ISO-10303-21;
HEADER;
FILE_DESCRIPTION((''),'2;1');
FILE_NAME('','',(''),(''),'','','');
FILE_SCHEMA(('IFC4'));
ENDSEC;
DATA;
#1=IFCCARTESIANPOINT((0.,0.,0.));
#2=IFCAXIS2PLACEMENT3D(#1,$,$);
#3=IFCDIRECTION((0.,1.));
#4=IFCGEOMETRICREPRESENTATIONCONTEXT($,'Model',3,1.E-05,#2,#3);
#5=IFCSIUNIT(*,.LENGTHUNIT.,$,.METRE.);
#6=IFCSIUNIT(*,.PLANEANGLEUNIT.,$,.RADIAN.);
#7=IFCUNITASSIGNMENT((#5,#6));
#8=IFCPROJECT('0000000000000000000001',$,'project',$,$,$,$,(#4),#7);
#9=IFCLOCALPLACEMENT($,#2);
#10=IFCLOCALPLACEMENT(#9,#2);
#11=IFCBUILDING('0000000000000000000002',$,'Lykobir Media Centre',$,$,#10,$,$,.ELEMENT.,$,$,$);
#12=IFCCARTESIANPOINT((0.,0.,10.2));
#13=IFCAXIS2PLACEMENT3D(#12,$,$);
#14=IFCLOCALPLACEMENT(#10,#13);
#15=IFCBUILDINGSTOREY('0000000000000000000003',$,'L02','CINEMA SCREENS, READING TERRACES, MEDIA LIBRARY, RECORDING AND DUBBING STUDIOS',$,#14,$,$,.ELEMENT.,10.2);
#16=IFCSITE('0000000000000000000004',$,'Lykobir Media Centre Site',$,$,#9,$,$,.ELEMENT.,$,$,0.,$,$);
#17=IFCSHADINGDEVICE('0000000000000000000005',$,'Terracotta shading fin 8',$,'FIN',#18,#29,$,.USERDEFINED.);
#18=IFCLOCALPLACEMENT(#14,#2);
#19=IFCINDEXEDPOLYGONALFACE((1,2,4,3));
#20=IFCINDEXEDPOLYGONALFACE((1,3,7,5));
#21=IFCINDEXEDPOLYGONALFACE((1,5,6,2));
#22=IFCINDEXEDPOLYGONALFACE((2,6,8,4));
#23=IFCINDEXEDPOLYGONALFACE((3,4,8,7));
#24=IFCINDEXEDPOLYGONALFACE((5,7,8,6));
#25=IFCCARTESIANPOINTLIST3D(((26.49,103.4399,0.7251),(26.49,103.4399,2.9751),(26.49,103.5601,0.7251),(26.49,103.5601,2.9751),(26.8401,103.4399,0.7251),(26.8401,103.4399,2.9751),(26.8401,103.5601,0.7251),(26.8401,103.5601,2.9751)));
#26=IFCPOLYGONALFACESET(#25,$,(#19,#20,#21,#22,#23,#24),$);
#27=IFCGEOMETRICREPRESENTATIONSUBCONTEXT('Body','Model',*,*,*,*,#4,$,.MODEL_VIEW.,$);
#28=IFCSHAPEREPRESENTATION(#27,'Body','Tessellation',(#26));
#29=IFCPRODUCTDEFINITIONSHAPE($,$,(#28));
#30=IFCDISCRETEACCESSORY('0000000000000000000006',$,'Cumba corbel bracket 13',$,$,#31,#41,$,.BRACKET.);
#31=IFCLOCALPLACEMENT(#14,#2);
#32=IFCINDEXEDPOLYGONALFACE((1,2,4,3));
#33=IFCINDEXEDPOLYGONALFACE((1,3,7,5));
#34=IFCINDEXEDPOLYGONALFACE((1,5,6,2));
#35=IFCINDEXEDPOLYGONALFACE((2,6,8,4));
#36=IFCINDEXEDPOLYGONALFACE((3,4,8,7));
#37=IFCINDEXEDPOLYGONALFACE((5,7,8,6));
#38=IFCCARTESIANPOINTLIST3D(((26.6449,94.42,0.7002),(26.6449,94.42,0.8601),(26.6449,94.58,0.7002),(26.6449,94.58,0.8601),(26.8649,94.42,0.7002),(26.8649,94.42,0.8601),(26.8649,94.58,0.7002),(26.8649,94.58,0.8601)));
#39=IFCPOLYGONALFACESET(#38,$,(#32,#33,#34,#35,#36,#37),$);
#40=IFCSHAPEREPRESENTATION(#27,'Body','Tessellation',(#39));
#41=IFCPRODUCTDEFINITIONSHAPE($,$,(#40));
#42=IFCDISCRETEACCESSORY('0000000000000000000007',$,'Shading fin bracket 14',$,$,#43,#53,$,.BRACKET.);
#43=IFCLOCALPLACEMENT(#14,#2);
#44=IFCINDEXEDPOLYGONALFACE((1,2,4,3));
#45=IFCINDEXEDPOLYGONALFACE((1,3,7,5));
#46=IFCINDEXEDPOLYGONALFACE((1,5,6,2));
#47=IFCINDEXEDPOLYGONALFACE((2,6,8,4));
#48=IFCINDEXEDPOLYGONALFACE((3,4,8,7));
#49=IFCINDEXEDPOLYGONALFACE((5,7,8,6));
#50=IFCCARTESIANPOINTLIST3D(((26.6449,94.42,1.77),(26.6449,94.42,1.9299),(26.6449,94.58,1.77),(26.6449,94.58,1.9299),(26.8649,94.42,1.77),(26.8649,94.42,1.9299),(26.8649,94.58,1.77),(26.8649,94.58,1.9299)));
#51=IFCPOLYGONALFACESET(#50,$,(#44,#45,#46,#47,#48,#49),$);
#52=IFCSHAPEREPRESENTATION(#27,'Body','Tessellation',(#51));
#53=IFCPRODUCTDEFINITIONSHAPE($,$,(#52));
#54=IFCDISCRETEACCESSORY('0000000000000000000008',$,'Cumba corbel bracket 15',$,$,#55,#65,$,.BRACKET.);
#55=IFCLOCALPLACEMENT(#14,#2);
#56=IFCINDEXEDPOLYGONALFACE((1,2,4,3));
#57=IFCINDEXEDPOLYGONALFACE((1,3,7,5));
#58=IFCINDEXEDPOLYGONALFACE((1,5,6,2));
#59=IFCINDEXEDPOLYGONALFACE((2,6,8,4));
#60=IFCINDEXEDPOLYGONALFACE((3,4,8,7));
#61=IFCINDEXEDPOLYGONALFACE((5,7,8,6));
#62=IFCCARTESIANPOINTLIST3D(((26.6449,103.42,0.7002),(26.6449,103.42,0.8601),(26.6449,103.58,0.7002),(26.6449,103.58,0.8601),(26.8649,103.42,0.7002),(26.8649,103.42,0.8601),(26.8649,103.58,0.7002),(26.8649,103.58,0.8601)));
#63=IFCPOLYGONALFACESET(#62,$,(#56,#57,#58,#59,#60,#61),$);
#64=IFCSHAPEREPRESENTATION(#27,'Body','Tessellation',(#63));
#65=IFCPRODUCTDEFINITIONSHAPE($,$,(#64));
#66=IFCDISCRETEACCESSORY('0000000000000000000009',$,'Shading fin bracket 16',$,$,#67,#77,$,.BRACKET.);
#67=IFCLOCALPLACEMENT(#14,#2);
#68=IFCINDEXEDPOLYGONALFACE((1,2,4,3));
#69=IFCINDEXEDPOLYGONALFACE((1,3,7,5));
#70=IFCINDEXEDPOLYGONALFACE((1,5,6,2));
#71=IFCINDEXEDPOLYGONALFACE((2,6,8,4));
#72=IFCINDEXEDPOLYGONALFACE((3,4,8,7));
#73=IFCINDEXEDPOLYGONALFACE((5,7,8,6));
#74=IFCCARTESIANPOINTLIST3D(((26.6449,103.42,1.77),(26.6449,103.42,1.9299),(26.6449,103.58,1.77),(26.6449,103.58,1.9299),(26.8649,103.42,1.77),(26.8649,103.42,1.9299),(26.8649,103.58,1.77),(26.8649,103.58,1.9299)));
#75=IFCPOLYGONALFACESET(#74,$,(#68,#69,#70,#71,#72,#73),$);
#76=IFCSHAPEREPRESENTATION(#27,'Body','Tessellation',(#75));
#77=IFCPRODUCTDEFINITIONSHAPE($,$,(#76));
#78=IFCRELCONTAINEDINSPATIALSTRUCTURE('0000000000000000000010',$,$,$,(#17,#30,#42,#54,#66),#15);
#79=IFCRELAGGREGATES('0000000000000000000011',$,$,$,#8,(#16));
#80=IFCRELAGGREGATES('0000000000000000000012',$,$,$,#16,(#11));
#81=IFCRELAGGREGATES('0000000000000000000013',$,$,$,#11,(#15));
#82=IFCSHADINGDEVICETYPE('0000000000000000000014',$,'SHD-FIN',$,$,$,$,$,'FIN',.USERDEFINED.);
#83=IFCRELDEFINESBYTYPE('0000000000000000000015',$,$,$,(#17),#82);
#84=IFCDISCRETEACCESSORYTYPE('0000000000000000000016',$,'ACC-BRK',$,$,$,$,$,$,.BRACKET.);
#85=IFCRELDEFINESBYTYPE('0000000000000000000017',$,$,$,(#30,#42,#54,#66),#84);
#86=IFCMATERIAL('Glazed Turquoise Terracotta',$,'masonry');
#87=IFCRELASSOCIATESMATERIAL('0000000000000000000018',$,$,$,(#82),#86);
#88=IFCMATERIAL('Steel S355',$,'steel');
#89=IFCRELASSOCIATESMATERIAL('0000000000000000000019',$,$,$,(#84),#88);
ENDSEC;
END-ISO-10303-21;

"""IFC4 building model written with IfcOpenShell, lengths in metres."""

from ifc_helpers import new_model, si_unit, direction, frame, origin, origin_2d, place, context, subcontext, project, spatial, rectangle, extrude, material, type_object, element, save


model = new_model("IFC4")

# Units and contexts
model_context = context("Model", 3, precision=1e-05, world=origin(), true_north=direction((0.0, 1.0)))
body_context = subcontext(model_context, "Body", "Model", "MODEL_VIEW")
ifc_project = project(units=[si_unit("LENGTHUNIT", "METRE"), si_unit("PLANEANGLEUNIT", "RADIAN")], contexts=[model_context])

# Site, building, storey
site_placement = place(None, origin())
site = spatial("IfcSite", under=ifc_project, at=site_placement, Name="Lykobir Media Centre Site", CompositionType="ELEMENT", RefElevation=0.0)
building_placement = place(site_placement, origin())
building = spatial("IfcBuilding", under=site, at=building_placement, Name="Lykobir Media Centre", CompositionType="ELEMENT")
storey_placement = place(building_placement, frame((0.0, 0.0, 10.2)))
storey = spatial("IfcBuildingStorey", under=building, at=storey_placement, Name="L02", Description="CINEMA SCREENS, READING TERRACES, MEDIA LIBRARY, RECORDING AND DUBBING STUDIOS", CompositionType="ELEMENT", Elevation=10.2)

# Shared definitions
ifc_material_1 = material(Name="Steel S355", Category="steel")

# Shared definitions
ifc_material_2 = material(Name="Glazed Turquoise Terracotta", Category="masonry")

# Shading device
shading_device_type = type_object("IfcShadingDeviceType", Name="SHD-FIN", ElementType="FIN", PredefinedType="USERDEFINED", material=ifc_material_2)
for number, where, z_axis, x_axis, name in (
    (1, (26.665, 103.5, 0.7251), (0.0, 0.0, 1.0), (0.0, -1.0, 0.0), "Terracotta shading fin 8"),
):
    element("IfcShadingDevice", number, at=place(storey_placement, frame(where, z_axis=z_axis, x_axis=x_axis)), inside=storey, type_object=shading_device_type, Name=name, ObjectType="FIN", PredefinedType="USERDEFINED", context=body_context, shape_type="SweptSolid", body=[
        extrude(rectangle(XDim=0.1201, YDim=0.3501, at=origin_2d()), origin(), (0.0, 0.0, 1.0), 2.25),
    ])

# Discrete accessories
discrete_accessory_type = type_object("IfcDiscreteAccessoryType", Name="ACC-BRK", PredefinedType="BRACKET", material=ifc_material_1)
for number, where, z_axis, x_axis, name in (
    (2, (26.7549, 94.5, 0.7002), (0.0, 0.0, 1.0), (0.0, -1.0, 0.0), "Cumba corbel bracket 13"),
    (3, (26.7549, 94.5, 1.77), (0.0, 0.0, 1.0), (0.0, -1.0, 0.0), "Shading fin bracket 14"),
    (4, (26.7549, 103.5, 0.7002), (0.0, 0.0, 1.0), (0.0, -1.0, 0.0), "Cumba corbel bracket 15"),
    (5, (26.7549, 103.5, 1.77), (0.0, 0.0, 1.0), (0.0, -1.0, 0.0), "Shading fin bracket 16"),
):
    element("IfcDiscreteAccessory", number, at=place(storey_placement, frame(where, z_axis=z_axis, x_axis=x_axis)), inside=storey, type_object=discrete_accessory_type, Name=name, PredefinedType="BRACKET", context=body_context, shape_type="SweptSolid", body=[
        extrude(rectangle(XDim=0.1599, YDim=0.22, at=origin_2d()), origin(), (0.0, 0.0, 1.0), 0.1599),
    ])

save(model, "model.ifc")
